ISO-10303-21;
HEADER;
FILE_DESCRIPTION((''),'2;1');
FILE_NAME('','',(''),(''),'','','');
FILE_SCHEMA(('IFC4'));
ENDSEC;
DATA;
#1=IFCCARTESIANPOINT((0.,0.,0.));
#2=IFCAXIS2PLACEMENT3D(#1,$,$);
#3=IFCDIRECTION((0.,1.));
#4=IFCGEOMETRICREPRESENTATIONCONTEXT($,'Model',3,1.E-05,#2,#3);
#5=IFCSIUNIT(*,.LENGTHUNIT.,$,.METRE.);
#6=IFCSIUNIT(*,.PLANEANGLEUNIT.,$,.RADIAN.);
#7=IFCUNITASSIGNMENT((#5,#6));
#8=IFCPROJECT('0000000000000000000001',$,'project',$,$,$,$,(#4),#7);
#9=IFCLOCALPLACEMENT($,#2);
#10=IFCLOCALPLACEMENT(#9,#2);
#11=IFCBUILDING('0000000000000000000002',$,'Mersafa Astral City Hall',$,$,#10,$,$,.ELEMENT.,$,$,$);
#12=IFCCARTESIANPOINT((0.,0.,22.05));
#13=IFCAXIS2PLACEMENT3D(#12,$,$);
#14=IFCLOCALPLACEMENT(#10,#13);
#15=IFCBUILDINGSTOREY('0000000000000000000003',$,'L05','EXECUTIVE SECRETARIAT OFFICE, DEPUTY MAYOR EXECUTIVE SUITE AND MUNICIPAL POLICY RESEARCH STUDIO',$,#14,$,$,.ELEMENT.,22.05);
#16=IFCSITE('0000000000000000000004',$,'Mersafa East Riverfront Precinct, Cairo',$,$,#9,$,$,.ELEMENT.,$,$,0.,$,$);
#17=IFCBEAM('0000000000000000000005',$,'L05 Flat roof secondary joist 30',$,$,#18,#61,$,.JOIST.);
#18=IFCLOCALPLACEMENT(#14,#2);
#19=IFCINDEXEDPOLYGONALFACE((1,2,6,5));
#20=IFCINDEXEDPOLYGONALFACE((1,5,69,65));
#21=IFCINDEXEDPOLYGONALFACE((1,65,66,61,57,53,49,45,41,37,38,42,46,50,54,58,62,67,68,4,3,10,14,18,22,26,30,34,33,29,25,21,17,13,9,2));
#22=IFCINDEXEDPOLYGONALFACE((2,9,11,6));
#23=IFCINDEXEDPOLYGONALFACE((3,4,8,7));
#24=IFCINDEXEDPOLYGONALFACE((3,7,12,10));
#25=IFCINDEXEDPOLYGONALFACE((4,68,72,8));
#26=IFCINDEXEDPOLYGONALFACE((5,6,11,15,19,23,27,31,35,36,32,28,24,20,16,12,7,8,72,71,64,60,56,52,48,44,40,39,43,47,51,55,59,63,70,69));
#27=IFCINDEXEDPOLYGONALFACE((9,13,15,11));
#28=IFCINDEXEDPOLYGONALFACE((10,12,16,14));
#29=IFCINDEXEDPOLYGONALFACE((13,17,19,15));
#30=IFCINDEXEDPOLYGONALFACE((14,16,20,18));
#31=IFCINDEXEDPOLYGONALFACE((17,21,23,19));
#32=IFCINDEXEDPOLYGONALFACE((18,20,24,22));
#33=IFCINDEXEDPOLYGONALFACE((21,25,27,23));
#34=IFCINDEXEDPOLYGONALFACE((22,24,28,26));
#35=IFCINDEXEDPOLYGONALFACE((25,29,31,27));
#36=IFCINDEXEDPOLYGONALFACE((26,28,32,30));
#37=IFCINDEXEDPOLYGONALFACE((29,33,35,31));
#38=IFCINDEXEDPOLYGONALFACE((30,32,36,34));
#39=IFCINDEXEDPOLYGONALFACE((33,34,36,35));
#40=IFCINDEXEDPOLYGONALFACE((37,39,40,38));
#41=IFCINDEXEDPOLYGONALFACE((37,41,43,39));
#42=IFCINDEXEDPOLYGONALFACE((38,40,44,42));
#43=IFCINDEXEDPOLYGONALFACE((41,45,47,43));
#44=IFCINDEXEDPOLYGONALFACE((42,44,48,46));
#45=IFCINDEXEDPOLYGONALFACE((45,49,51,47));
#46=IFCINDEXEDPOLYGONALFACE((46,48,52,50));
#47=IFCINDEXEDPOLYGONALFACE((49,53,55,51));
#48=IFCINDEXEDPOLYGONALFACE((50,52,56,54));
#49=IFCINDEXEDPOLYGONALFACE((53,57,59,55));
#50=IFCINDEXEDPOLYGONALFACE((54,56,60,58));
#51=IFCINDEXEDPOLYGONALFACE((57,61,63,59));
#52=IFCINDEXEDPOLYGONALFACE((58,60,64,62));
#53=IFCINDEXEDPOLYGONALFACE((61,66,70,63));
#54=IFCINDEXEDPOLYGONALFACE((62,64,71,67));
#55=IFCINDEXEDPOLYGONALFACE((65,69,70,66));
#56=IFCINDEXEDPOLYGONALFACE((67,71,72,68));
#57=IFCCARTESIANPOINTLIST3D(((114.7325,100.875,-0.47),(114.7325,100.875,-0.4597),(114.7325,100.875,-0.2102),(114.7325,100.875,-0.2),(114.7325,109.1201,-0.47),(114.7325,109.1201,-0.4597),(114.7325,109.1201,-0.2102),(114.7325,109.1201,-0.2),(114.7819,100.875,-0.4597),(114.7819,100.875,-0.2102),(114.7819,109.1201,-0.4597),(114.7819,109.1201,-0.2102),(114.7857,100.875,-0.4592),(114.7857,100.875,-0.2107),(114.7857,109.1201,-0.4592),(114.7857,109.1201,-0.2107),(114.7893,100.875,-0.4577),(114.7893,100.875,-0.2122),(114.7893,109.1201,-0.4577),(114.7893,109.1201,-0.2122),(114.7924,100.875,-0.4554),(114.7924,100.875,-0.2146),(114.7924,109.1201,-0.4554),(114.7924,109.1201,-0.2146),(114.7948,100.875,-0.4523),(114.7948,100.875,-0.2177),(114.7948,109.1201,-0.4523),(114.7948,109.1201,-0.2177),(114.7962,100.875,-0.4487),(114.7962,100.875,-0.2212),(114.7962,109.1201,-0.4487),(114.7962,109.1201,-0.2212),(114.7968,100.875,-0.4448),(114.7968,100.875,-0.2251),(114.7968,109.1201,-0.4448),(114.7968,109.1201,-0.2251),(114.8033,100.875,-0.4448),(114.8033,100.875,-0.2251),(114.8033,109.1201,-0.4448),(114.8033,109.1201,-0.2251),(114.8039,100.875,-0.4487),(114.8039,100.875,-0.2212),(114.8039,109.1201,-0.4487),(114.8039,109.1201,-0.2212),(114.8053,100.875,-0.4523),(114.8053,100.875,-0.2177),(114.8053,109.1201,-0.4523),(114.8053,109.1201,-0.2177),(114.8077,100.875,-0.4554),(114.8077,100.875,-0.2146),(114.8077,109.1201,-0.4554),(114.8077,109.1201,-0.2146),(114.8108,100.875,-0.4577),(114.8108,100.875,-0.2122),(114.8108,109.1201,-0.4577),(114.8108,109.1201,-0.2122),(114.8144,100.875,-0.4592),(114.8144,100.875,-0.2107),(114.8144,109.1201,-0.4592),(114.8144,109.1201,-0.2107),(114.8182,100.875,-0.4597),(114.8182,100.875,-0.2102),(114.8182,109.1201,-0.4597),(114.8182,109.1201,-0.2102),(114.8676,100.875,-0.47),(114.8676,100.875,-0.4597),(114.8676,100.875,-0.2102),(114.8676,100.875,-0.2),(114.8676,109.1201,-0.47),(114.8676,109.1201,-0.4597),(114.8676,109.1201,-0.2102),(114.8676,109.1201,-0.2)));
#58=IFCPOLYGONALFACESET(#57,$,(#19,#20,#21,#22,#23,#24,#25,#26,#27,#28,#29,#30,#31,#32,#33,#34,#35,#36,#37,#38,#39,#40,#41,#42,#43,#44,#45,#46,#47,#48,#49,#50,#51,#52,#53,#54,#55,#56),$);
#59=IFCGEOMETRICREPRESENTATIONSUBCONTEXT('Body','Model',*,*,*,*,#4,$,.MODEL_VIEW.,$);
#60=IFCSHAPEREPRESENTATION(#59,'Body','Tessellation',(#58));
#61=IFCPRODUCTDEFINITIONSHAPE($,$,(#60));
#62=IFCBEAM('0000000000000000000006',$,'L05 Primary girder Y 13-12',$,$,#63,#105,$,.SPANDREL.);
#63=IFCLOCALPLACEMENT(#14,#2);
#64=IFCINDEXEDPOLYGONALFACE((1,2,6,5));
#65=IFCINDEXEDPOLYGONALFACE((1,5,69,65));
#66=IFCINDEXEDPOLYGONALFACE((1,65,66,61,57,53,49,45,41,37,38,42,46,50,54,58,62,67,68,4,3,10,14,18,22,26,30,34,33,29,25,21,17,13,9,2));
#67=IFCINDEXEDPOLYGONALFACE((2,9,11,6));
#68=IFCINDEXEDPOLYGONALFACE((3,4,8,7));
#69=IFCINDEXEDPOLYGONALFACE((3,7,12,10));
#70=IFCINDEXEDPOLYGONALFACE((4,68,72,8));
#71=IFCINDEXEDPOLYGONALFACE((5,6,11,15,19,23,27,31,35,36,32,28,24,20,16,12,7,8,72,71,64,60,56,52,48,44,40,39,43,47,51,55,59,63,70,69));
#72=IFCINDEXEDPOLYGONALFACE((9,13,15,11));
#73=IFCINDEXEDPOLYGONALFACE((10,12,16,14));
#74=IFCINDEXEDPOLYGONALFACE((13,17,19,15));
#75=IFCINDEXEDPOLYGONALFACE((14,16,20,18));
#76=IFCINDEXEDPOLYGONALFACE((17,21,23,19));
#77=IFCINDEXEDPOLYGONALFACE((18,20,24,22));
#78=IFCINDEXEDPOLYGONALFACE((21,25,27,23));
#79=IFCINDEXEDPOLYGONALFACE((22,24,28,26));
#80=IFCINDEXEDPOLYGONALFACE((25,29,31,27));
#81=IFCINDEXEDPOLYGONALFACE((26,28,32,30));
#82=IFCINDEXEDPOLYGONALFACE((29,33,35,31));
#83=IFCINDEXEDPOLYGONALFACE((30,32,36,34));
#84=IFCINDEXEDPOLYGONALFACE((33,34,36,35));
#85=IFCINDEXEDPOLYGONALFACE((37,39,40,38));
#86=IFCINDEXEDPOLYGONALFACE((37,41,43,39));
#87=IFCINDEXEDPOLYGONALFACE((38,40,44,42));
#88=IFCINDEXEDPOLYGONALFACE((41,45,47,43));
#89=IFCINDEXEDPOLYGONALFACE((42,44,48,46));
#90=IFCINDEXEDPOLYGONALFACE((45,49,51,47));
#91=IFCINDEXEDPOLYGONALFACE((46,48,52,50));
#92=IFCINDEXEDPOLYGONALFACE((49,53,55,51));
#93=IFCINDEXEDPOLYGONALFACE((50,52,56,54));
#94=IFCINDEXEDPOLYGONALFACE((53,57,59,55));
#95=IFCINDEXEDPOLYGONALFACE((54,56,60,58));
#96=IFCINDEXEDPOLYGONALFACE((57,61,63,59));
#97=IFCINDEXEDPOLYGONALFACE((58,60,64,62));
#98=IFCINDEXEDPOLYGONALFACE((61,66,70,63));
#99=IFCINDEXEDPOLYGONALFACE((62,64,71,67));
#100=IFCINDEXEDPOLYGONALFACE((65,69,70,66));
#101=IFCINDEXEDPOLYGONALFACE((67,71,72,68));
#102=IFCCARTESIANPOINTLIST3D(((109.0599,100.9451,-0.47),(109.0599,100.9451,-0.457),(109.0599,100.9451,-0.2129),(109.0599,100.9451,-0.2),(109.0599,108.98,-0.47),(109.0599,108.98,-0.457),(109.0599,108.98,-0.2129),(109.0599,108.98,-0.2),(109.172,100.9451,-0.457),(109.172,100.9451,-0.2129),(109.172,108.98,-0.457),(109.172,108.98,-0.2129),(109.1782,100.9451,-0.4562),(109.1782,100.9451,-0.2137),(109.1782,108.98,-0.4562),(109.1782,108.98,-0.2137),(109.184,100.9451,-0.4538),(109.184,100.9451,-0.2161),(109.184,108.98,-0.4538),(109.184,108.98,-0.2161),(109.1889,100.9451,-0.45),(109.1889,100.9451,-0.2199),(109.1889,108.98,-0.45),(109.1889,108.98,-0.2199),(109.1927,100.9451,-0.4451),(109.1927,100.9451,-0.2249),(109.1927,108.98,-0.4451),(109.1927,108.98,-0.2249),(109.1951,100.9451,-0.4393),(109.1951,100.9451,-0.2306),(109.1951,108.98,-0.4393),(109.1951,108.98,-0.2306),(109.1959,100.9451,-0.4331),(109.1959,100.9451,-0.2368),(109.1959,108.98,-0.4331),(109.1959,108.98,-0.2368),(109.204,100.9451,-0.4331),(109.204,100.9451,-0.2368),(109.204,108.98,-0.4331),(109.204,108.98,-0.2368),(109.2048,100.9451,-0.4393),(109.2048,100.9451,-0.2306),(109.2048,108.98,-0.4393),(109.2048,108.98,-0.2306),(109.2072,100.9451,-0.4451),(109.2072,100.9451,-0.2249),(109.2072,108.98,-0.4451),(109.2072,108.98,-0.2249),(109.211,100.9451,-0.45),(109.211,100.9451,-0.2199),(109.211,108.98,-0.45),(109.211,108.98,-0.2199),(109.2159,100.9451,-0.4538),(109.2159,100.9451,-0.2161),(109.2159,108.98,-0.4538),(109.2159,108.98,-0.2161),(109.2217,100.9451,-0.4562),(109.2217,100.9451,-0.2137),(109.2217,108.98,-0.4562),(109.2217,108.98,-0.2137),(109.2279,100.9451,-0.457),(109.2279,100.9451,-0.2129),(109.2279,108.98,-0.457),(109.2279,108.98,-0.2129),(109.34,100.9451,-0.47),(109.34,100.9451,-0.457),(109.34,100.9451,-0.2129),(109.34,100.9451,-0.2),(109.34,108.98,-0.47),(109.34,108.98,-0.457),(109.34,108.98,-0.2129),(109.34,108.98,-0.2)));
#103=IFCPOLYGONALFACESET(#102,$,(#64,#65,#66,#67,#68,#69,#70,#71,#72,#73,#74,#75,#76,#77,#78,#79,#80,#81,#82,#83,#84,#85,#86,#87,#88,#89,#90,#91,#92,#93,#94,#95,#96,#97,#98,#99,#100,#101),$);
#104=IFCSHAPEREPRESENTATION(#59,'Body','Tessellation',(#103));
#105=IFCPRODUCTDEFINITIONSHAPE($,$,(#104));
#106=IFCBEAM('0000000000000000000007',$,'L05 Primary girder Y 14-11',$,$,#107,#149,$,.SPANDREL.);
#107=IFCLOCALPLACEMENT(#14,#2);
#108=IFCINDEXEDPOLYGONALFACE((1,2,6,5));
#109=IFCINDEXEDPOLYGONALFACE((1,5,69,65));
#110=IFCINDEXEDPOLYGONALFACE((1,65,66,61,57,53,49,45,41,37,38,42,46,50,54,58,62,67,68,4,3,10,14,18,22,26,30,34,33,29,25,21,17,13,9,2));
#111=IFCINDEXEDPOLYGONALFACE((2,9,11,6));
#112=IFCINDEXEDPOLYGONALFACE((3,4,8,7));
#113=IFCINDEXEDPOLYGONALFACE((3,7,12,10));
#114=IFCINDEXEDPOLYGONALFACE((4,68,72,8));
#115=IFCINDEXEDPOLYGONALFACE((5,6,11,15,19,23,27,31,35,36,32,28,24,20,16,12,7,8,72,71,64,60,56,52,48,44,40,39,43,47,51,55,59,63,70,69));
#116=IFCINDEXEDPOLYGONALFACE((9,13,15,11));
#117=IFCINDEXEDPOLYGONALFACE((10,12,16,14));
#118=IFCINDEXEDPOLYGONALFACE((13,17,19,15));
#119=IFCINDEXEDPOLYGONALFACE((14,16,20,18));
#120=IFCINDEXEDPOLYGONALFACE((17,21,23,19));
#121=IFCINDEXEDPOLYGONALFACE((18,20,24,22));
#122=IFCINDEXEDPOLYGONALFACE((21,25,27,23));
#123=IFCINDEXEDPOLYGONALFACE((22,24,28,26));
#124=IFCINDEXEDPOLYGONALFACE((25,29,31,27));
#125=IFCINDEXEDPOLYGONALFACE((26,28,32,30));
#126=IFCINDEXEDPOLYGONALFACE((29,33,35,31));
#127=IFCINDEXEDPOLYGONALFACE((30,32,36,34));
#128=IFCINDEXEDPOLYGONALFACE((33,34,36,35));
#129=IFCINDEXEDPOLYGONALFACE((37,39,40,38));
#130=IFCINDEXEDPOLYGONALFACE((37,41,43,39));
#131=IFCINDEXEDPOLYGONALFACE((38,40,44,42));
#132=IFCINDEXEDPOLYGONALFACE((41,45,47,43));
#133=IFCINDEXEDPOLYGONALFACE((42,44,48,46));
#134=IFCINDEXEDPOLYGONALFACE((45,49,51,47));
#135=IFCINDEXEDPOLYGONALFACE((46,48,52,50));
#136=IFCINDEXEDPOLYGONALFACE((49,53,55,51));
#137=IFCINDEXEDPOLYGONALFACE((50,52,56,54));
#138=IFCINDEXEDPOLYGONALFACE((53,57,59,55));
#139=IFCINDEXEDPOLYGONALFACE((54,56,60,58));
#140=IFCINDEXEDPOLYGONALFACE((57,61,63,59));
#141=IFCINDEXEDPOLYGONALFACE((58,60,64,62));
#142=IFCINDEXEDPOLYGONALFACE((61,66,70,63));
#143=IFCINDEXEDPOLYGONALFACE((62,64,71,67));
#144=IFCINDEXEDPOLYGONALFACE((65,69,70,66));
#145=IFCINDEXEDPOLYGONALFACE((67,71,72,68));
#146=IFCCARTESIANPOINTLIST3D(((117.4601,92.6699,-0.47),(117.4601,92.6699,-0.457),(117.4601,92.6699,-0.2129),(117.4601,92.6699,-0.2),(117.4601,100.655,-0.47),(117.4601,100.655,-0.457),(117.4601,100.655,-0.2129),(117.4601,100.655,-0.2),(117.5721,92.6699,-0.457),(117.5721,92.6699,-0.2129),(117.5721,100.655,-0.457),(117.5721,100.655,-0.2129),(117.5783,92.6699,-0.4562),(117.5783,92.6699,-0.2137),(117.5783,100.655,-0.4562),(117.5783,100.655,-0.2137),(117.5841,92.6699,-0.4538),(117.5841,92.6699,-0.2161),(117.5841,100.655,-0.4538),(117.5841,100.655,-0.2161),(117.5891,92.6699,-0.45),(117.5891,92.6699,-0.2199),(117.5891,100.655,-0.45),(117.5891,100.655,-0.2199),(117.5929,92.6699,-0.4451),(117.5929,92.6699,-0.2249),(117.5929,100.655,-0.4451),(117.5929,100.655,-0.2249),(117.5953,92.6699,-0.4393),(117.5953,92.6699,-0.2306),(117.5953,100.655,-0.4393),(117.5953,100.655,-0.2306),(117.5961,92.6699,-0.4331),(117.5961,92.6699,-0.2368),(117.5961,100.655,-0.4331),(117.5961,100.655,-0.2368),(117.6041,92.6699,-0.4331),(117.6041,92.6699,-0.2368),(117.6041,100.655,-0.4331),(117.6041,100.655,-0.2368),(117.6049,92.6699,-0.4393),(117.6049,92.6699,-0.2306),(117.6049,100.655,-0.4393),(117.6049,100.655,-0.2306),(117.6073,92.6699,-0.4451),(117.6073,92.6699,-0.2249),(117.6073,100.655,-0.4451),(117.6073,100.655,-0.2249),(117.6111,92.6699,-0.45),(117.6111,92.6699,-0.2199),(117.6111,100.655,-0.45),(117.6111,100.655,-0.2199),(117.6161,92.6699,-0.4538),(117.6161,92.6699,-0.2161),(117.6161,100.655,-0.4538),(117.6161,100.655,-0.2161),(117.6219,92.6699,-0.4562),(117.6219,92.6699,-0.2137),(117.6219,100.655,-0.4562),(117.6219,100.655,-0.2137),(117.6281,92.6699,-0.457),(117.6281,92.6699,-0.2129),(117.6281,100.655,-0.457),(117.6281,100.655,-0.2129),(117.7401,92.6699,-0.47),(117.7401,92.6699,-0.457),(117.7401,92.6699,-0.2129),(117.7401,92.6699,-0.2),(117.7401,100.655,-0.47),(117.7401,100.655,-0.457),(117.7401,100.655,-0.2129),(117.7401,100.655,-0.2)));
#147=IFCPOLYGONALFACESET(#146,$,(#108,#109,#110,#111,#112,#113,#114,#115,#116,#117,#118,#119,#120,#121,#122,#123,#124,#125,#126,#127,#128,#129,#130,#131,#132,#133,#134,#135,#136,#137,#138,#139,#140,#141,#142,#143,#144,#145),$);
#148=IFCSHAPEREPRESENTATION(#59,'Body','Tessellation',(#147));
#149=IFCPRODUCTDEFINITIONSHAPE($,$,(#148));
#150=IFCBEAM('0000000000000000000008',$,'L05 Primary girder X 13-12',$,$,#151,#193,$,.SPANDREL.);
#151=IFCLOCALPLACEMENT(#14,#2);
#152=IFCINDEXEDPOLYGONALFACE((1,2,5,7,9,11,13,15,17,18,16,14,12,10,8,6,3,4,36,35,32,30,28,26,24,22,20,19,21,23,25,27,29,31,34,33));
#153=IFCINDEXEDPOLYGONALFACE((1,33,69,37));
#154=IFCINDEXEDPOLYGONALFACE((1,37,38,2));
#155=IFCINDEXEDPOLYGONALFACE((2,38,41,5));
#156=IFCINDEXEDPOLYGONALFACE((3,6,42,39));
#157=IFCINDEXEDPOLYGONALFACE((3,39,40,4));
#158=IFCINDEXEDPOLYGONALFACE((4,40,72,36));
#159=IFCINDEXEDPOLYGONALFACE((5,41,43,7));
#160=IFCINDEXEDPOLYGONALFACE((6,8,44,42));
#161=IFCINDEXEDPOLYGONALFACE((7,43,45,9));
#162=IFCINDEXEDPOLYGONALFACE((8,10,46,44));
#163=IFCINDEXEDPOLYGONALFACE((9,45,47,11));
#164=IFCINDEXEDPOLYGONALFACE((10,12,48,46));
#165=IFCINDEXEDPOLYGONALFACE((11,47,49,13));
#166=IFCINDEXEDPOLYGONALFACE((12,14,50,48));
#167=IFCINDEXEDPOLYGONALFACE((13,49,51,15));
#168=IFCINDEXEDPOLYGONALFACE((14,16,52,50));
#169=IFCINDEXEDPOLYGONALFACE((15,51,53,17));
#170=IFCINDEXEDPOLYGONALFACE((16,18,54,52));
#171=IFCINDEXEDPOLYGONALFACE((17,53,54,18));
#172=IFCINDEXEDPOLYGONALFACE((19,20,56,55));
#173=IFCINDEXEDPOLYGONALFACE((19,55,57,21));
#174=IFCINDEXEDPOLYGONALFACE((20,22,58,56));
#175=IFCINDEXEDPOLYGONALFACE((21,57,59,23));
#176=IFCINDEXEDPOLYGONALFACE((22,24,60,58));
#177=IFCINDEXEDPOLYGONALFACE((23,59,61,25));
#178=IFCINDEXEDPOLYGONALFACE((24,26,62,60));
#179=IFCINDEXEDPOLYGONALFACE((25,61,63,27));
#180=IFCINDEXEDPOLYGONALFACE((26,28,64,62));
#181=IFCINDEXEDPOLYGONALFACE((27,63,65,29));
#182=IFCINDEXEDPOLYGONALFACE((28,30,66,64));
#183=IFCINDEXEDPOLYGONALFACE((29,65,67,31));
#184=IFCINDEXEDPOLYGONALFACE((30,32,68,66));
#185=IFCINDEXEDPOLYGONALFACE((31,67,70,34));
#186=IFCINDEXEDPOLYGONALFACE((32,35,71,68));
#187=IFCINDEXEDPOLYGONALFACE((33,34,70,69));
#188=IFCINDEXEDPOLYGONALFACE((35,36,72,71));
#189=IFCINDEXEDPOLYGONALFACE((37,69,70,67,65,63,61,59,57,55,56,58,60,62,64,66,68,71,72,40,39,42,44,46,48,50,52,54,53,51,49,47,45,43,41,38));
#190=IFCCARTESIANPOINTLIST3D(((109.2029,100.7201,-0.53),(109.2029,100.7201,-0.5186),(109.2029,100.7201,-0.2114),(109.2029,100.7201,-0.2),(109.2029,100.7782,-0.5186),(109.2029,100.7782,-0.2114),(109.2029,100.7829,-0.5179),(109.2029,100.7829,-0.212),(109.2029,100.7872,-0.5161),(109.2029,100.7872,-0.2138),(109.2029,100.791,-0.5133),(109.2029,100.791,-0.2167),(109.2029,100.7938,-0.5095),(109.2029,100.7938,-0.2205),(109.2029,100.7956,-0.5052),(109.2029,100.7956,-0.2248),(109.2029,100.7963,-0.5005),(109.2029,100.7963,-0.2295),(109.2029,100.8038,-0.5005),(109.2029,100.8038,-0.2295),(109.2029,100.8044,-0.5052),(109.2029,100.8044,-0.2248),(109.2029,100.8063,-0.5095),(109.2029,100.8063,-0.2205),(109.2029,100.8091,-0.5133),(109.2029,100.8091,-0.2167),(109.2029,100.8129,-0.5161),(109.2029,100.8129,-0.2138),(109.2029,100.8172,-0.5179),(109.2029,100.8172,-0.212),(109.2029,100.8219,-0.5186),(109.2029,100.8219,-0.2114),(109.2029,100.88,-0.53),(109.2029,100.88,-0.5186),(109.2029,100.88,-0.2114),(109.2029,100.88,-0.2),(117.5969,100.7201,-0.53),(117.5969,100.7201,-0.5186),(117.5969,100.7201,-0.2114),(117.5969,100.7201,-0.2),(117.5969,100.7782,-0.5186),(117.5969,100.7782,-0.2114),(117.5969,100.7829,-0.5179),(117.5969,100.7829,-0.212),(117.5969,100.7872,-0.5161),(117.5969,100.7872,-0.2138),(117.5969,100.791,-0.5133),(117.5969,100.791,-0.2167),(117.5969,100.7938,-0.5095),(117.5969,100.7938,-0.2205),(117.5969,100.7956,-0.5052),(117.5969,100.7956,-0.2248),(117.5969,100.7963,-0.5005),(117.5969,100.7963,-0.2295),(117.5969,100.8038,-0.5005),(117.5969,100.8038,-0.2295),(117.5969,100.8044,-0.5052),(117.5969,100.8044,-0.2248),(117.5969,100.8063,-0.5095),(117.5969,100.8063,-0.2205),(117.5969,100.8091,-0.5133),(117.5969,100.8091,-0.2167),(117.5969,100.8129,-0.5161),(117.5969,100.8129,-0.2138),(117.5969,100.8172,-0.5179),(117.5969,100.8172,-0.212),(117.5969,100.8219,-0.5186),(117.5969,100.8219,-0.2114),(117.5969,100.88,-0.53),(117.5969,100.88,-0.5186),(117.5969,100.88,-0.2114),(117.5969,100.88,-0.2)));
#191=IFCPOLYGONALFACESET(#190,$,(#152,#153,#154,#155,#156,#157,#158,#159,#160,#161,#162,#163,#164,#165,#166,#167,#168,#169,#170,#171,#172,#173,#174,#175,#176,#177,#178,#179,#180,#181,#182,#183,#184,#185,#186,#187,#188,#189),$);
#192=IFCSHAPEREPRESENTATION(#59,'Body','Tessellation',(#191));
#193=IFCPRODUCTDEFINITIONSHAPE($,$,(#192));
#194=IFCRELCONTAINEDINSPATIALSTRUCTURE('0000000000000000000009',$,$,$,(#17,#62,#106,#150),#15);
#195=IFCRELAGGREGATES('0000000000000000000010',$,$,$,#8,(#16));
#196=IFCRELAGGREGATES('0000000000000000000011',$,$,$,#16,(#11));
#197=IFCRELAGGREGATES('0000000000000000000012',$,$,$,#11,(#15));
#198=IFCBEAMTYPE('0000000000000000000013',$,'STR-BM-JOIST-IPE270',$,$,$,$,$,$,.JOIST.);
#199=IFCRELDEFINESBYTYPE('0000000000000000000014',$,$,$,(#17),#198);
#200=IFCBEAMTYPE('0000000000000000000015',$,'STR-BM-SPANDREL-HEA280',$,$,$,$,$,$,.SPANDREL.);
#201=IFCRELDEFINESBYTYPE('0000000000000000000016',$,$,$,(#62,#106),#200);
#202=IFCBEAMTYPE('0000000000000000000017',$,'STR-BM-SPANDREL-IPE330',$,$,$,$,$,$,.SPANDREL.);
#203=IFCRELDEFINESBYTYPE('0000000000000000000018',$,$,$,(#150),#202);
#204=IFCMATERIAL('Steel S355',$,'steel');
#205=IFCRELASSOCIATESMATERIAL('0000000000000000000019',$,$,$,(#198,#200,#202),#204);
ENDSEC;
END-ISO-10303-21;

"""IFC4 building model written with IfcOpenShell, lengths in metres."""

from ifc_helpers import new_model, si_unit, direction, frame, origin, origin_2d, place, context, subcontext, project, spatial, i_section, extrude, material, material_profile, profile_set, type_object, element, save


model = new_model("IFC4")

# Units and contexts
model_context = context("Model", 3, precision=1e-05, world=origin(), true_north=direction((0.0, 1.0)))
body_context = subcontext(model_context, "Body", "Model", "MODEL_VIEW")
ifc_project = project(units=[si_unit("LENGTHUNIT", "METRE"), si_unit("PLANEANGLEUNIT", "RADIAN")], contexts=[model_context])

# Site, building, storey
site_placement = place(None, origin())
site = spatial("IfcSite", under=ifc_project, at=site_placement, Name="Mersafa East Riverfront Precinct, Cairo", CompositionType="ELEMENT", RefElevation=0.0)
building_placement = place(site_placement, origin())
building = spatial("IfcBuilding", under=site, at=building_placement, Name="Mersafa Astral City Hall", CompositionType="ELEMENT")
storey_placement = place(building_placement, frame((0.0, 0.0, 22.05)))
storey = spatial("IfcBuildingStorey", under=building, at=storey_placement, Name="L05", Description="EXECUTIVE SECRETARIAT OFFICE, DEPUTY MAYOR EXECUTIVE SUITE AND MUNICIPAL POLICY RESEARCH STUDIO", CompositionType="ELEMENT", Elevation=22.05)

# Shared definitions
ifc_material_1 = material(Name="Steel S355", Category="steel")

# Beams
ifc_material_profile_1 = material_profile(ifc_material_1, i_section(OverallWidth=0.135, OverallDepth=0.27, WebThickness=0.0066, FlangeThickness=0.0103, FilletRadius=0.0149, at=origin_2d()), Name="IPE 270")
ifc_profile_set_1 = profile_set([ifc_material_profile_1], Name="Steel S355")
beam_type_1 = type_object("IfcBeamType", Name="STR-BM-JOIST-IPE270", PredefinedType="JOIST", material=ifc_profile_set_1)
for number, where, z_axis, x_axis, name in (
    (1, (114.8, 100.875, -0.335), (0.0, 1.0, 0.0), (-1.0, 0.0, 0.0), "L05 Flat roof secondary joist 30"),
):
    element("IfcBeam", number, at=place(storey_placement, frame(where, z_axis=z_axis, x_axis=x_axis)), inside=storey, type_object=beam_type_1, Name=name, PredefinedType="JOIST", context=body_context, shape_type="SweptSolid", body=[
        extrude(i_section(OverallWidth=0.135, OverallDepth=0.27, WebThickness=0.0066, FlangeThickness=0.0103, FilletRadius=0.0149, at=origin_2d()), origin(), (0.0, 0.0, 1.0), 8.2451),
    ])
ifc_material_profile_2 = material_profile(ifc_material_1, i_section(OverallWidth=0.28, OverallDepth=0.27, WebThickness=0.0081, FlangeThickness=0.0129, FilletRadius=0.0239, at=origin_2d()), Name="HEA 280")
ifc_profile_set_2 = profile_set([ifc_material_profile_2], Name="Steel S355")
beam_type_2 = type_object("IfcBeamType", Name="STR-BM-SPANDREL-HEA280", PredefinedType="SPANDREL", material=ifc_profile_set_2)
beam_1_placement = place(storey_placement, frame((109.2, 100.9451, -0.335), z_axis=(0.0, 1.0, 0.0), x_axis=(-1.0, 0.0, 0.0)))
element("IfcBeam", 2, at=beam_1_placement, inside=storey, type_object=beam_type_2, Name="L05 Primary girder Y 13-12", PredefinedType="SPANDREL", context=body_context, shape_type="SweptSolid", body=[
    extrude(i_section(OverallWidth=0.28, OverallDepth=0.27, WebThickness=0.0081, FlangeThickness=0.0129, FilletRadius=0.0239, at=origin_2d()), origin(), (0.0, 0.0, 1.0), 8.0349),
])
beam_2_placement = place(storey_placement, frame((117.6001, 92.6699, -0.335), z_axis=(0.0, 1.0, 0.0), x_axis=(-1.0, 0.0, 0.0)))
element("IfcBeam", 3, at=beam_2_placement, inside=storey, type_object=beam_type_2, Name="L05 Primary girder Y 14-11", PredefinedType="SPANDREL", context=body_context, shape_type="SweptSolid", body=[
    extrude(i_section(OverallWidth=0.28, OverallDepth=0.27, WebThickness=0.0081, FlangeThickness=0.0129, FilletRadius=0.0239, at=origin_2d()), origin(), (0.0, 0.0, 1.0), 7.9851),
])
ifc_material_profile_3 = material_profile(ifc_material_1, i_section(OverallWidth=0.1599, OverallDepth=0.3301, WebThickness=0.0076, FlangeThickness=0.0115, FilletRadius=0.0181, at=origin_2d()), Name="IPE 330")
ifc_profile_set_3 = profile_set([ifc_material_profile_3], Name="Steel S355")
beam_type_3 = type_object("IfcBeamType", Name="STR-BM-SPANDREL-IPE330", PredefinedType="SPANDREL", material=ifc_profile_set_3)
for number, where, z_axis, x_axis, name in (
    (4, (109.2029, 100.8, -0.365), (1.0, 0.0, 0.0), (0.0, 1.0, 0.0), "L05 Primary girder X 13-12"),
):
    element("IfcBeam", number, at=place(storey_placement, frame(where, z_axis=z_axis, x_axis=x_axis)), inside=storey, type_object=beam_type_3, Name=name, PredefinedType="SPANDREL", context=body_context, shape_type="SweptSolid", body=[
        extrude(i_section(OverallWidth=0.1599, OverallDepth=0.3301, WebThickness=0.0076, FlangeThickness=0.0115, FilletRadius=0.0181, at=origin_2d()), origin(), (0.0, 0.0, 1.0), 8.394),
    ])

save(model, "model.ifc")
